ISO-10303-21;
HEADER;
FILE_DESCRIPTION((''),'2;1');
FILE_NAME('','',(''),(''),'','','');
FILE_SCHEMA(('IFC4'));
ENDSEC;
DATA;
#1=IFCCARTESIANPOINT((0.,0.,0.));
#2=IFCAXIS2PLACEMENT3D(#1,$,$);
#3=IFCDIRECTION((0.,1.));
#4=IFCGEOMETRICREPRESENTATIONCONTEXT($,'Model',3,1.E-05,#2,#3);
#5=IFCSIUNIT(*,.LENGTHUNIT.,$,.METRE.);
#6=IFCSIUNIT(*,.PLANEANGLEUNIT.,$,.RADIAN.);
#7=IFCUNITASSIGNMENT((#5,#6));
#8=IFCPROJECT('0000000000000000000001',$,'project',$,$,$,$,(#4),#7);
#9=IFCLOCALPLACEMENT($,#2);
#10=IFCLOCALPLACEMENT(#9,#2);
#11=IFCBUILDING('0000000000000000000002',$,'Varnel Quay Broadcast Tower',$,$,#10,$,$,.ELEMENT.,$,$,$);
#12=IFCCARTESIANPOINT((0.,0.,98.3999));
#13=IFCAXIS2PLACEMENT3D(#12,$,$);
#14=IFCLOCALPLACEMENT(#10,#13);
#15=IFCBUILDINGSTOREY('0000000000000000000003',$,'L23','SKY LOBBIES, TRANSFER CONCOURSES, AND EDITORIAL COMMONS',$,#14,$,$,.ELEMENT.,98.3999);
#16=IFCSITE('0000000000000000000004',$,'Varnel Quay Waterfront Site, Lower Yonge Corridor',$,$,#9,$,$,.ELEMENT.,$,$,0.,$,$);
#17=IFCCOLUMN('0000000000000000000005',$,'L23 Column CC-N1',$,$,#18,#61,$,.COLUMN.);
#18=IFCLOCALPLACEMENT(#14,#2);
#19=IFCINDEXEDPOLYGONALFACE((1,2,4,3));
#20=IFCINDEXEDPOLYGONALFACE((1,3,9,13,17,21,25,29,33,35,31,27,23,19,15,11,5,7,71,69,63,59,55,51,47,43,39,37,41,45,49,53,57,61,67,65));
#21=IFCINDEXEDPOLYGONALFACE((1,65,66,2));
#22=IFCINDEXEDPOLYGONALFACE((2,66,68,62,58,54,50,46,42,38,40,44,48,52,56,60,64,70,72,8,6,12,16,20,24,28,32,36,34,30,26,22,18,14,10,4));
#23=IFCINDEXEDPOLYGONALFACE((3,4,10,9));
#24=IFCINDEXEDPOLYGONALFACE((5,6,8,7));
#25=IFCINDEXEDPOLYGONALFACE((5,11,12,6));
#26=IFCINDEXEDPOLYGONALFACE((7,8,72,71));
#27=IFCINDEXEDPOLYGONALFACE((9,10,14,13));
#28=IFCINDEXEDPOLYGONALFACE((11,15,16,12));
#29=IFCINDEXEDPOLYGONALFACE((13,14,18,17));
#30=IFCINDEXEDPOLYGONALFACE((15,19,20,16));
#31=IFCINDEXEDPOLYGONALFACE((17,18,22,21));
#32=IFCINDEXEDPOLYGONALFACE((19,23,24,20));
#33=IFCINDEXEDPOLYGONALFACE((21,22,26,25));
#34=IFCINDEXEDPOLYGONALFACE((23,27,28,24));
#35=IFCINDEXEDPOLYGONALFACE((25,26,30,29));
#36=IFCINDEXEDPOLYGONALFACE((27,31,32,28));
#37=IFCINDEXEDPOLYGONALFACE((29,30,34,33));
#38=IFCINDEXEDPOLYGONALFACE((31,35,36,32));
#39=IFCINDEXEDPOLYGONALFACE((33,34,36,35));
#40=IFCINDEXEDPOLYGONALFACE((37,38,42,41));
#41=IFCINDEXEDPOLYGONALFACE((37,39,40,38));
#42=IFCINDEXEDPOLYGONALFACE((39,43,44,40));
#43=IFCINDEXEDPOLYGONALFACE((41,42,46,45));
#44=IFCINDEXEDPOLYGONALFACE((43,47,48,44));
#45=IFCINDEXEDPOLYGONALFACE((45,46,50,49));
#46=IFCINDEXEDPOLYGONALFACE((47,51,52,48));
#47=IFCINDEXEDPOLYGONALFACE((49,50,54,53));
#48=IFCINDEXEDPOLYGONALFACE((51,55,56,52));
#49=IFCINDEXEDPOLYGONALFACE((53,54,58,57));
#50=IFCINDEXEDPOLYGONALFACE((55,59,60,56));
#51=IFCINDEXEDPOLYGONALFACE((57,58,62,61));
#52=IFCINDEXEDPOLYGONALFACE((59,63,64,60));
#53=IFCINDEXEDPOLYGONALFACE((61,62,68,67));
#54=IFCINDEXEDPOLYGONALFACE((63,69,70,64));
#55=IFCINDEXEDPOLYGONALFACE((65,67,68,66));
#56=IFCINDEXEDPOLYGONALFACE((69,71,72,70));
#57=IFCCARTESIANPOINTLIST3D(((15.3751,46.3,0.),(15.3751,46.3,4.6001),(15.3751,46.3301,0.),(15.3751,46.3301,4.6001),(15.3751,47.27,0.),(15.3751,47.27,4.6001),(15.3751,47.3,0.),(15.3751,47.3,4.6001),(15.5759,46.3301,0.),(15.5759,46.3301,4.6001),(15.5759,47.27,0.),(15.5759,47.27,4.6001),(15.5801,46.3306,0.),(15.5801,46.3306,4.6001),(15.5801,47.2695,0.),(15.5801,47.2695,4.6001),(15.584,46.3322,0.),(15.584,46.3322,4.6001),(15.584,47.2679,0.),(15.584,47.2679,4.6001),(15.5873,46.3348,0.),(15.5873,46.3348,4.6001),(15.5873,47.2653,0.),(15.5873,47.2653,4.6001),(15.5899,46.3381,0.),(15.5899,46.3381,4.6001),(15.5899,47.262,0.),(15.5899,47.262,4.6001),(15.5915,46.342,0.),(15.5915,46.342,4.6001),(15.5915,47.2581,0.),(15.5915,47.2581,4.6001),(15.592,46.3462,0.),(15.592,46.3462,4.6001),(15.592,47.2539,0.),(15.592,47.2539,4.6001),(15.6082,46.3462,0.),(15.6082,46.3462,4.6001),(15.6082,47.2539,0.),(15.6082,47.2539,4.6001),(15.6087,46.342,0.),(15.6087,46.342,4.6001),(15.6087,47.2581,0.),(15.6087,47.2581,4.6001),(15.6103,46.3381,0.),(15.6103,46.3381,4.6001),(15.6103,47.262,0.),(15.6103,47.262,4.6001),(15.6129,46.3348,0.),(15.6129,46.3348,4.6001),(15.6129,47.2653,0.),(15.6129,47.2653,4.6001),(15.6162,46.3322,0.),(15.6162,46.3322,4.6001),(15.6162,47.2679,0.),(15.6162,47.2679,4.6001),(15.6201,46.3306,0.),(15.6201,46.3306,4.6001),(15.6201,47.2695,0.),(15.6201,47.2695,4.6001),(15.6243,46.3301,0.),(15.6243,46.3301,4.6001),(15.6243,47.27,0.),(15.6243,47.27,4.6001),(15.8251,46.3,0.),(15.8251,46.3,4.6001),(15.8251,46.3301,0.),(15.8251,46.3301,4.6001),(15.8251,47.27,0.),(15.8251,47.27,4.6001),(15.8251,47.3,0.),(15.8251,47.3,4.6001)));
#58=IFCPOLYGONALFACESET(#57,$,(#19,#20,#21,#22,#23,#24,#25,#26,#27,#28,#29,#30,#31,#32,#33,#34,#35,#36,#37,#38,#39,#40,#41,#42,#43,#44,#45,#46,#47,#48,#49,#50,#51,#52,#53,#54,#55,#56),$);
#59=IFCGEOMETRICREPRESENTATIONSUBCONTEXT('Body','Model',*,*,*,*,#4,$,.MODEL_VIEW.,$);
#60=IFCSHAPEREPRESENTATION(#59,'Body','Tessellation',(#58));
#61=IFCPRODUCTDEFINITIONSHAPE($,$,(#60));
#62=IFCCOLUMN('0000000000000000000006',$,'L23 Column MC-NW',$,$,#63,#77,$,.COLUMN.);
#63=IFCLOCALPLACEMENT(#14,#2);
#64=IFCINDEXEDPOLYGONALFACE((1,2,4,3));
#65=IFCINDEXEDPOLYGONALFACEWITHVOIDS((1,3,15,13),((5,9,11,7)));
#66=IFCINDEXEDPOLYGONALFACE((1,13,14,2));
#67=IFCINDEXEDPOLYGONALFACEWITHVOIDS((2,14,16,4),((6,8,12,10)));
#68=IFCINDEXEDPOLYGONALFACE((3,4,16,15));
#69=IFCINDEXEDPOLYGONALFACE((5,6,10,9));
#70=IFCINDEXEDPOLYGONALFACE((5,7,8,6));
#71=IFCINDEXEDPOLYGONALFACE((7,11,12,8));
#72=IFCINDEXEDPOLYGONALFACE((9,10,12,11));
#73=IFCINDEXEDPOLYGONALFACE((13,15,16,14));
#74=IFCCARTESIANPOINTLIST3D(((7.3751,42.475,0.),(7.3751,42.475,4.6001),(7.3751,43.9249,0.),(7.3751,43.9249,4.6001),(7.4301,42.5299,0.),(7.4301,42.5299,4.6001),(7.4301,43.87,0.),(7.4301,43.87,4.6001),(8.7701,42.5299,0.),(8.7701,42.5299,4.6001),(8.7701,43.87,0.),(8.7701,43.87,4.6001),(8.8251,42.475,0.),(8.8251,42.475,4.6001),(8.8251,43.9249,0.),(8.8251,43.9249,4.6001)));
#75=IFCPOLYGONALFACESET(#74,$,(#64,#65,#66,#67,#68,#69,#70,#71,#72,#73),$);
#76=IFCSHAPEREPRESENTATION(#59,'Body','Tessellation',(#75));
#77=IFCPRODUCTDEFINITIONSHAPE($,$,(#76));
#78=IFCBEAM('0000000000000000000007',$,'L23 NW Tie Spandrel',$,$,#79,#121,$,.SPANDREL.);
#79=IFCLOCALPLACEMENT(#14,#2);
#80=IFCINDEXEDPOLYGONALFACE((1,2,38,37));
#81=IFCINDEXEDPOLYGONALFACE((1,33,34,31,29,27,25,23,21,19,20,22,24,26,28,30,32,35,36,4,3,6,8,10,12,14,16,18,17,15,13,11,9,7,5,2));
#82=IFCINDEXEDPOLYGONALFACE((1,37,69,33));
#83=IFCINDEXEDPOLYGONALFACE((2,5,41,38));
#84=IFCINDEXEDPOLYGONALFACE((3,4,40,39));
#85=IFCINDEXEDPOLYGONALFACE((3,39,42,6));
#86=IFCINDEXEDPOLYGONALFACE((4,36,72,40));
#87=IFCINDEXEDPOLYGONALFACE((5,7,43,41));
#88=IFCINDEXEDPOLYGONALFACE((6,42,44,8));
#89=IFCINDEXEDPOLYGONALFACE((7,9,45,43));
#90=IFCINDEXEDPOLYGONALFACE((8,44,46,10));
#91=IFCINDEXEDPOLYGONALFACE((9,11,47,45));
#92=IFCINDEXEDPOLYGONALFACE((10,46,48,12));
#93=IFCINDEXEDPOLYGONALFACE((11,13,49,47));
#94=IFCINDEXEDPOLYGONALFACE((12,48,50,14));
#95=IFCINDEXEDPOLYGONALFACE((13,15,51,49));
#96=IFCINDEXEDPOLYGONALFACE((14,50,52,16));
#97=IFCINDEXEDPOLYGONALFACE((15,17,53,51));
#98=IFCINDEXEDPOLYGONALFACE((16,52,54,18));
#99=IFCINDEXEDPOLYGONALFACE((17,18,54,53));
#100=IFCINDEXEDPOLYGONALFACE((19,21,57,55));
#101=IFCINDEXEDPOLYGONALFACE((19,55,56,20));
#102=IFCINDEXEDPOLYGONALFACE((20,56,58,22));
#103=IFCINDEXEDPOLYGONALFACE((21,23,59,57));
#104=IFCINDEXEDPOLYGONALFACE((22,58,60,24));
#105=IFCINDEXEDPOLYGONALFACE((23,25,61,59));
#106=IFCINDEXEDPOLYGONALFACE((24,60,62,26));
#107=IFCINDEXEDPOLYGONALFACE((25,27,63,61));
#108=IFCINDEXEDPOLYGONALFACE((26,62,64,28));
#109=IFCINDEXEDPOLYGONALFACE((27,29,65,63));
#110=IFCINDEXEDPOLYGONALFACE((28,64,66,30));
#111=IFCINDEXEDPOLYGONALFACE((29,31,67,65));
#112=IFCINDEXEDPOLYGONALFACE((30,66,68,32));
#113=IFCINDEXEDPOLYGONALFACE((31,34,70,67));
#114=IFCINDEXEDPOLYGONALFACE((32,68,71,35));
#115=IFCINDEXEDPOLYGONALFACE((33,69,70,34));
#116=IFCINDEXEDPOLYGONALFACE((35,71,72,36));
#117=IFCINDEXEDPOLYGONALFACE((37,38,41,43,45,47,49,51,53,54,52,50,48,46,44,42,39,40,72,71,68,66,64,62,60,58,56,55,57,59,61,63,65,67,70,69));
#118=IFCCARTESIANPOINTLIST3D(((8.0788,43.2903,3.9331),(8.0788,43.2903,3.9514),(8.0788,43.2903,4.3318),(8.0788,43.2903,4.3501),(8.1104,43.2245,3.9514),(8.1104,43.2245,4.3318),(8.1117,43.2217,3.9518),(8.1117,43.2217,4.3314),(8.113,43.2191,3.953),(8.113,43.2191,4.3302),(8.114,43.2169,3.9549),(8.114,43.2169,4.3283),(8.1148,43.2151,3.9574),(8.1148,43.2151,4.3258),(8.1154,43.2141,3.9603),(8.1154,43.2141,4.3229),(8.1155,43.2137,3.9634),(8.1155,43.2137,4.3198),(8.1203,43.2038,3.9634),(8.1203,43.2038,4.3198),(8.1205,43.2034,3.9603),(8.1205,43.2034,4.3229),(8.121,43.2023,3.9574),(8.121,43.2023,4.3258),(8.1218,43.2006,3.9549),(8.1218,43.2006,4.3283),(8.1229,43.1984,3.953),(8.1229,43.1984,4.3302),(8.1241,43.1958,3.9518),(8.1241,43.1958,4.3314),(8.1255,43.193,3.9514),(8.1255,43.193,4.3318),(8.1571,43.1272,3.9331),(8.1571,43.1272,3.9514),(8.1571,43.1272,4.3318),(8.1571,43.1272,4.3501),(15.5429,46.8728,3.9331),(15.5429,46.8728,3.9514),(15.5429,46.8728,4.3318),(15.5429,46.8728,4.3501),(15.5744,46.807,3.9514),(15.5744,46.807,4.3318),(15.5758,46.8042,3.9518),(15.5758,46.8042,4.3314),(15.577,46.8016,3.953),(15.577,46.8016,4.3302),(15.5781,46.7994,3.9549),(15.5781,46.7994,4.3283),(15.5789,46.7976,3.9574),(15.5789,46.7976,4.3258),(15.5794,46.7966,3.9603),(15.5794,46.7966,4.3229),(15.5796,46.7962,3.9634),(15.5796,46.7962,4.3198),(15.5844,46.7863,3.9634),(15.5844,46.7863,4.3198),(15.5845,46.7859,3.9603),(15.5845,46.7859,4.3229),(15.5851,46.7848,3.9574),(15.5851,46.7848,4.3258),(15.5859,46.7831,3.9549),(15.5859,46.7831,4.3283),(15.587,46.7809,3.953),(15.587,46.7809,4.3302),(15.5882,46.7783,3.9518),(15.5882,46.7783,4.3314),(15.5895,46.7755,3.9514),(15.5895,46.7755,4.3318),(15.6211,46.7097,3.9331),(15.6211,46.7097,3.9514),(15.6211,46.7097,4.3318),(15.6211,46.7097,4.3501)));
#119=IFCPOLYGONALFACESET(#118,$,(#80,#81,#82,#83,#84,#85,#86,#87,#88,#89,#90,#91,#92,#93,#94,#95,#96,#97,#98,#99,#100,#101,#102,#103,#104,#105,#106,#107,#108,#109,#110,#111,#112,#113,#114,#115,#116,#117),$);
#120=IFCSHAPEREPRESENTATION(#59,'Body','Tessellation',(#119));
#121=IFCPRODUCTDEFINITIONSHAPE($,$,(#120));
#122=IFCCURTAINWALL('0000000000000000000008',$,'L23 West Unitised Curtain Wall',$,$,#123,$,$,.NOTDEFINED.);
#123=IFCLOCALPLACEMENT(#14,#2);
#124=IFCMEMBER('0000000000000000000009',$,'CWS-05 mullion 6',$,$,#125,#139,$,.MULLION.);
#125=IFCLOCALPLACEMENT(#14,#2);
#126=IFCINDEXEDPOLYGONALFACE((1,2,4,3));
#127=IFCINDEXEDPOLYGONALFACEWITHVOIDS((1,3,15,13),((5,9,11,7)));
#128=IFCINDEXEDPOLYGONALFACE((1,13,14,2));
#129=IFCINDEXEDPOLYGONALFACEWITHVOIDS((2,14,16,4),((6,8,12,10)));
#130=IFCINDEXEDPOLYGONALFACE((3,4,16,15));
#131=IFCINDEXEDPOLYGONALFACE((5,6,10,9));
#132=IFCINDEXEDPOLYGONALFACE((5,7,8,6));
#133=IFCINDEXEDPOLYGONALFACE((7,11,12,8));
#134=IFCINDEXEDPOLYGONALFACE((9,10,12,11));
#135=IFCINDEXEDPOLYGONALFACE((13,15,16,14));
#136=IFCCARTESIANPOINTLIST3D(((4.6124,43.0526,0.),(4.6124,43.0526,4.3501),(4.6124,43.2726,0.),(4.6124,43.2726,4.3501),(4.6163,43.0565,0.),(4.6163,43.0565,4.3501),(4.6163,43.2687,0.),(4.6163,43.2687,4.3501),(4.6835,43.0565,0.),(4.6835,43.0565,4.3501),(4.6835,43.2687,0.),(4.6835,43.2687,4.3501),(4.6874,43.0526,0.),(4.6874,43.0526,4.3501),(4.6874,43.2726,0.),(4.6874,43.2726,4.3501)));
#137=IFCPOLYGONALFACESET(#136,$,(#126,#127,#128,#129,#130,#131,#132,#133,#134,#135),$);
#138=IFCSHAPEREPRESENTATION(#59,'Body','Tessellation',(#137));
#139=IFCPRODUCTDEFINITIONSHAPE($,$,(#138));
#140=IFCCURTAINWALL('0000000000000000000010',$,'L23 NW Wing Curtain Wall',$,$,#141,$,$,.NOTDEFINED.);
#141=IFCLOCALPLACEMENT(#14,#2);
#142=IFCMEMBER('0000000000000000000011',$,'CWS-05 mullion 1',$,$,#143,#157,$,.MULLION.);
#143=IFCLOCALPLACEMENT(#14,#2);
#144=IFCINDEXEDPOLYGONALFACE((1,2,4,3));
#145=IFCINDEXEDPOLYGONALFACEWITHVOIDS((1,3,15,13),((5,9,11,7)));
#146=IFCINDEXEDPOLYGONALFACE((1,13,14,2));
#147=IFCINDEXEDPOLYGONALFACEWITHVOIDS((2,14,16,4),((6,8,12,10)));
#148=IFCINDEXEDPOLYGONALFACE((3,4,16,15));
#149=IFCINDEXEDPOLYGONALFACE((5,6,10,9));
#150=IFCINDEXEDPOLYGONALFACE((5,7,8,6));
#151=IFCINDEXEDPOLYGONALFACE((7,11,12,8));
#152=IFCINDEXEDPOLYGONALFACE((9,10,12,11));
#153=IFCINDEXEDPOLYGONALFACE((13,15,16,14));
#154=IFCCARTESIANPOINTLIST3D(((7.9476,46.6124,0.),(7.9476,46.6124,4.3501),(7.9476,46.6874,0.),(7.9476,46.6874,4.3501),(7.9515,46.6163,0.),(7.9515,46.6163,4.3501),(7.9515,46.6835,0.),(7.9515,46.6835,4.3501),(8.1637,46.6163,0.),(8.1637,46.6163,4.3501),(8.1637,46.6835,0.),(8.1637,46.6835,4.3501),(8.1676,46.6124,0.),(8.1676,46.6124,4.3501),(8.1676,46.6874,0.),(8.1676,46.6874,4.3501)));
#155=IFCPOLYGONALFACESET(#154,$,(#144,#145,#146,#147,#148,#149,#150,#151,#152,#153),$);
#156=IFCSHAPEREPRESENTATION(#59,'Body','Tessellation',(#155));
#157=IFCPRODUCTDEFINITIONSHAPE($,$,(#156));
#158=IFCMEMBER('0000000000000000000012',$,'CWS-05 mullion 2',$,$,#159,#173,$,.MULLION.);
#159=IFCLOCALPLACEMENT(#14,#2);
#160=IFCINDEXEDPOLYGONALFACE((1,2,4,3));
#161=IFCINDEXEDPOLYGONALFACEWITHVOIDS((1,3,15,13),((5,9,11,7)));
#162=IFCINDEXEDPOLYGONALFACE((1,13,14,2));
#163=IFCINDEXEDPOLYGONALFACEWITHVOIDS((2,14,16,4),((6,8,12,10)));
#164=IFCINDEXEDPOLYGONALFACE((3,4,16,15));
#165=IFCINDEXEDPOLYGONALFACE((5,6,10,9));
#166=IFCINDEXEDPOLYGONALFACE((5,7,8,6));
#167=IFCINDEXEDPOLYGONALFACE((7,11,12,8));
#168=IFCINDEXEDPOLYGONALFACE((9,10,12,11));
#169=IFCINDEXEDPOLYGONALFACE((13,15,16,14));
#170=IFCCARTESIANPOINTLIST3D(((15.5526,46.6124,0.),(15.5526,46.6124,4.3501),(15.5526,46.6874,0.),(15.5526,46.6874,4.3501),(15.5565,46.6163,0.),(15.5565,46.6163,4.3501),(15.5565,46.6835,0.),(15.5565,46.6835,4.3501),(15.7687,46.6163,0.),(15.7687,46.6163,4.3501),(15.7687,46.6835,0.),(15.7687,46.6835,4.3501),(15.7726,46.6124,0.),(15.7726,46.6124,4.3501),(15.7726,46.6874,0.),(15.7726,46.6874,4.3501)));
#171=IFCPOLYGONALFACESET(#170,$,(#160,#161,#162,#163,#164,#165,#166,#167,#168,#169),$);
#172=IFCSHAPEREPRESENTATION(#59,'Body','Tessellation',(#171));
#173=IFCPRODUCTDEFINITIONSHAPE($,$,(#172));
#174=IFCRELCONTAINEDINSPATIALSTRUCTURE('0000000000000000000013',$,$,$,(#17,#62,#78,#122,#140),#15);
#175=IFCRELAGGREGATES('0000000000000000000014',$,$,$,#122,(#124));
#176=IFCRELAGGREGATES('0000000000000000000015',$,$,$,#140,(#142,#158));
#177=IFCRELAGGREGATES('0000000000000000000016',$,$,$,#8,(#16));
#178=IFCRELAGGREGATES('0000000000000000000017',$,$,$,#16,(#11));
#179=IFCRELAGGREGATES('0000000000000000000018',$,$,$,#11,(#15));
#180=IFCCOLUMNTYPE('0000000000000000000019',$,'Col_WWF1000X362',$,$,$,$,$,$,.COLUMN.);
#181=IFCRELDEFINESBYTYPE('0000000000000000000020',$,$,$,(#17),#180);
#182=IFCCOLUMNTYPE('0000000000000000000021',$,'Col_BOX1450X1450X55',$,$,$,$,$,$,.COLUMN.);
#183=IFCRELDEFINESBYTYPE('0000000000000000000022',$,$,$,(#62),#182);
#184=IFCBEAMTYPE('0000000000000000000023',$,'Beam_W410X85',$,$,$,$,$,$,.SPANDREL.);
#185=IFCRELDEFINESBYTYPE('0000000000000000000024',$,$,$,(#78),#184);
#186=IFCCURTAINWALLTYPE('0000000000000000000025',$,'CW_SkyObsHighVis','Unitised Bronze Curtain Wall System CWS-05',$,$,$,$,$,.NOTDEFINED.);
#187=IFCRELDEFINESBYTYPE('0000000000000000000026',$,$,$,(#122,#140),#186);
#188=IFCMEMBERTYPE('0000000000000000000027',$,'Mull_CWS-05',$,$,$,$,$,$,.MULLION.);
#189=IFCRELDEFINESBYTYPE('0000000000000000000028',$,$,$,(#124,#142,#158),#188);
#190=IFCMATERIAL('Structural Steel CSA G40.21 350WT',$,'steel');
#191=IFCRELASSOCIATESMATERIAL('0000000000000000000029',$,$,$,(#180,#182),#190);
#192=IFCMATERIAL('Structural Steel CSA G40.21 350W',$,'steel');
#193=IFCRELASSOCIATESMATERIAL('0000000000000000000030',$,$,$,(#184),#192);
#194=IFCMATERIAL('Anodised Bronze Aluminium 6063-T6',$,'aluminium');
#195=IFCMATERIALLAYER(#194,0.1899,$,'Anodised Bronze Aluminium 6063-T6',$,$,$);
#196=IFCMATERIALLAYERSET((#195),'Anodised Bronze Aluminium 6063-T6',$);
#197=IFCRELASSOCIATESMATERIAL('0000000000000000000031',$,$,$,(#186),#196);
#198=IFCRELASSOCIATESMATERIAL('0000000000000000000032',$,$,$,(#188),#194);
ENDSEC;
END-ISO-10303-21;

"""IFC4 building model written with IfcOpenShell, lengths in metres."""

from ifc_helpers import new_model, si_unit, direction, frame, origin, origin_2d, place, context, subcontext, project, spatial, hollow_rectangle, i_section, extrude, source, transform, mapped, material, layer, layer_set, material_profile, profile_set, type_object, type_shapes, element, aggregate, save


model = new_model("IFC4")

# Units and contexts
model_context = context("Model", 3, precision=1e-05, world=origin(), true_north=direction((0.0, 1.0)))
body_context = subcontext(model_context, "Body", "Model", "MODEL_VIEW")
ifc_project = project(units=[si_unit("LENGTHUNIT", "METRE"), si_unit("PLANEANGLEUNIT", "RADIAN")], contexts=[model_context])

# Site, building, storey
site_placement = place(None, origin())
site = spatial("IfcSite", under=ifc_project, at=site_placement, Name="Varnel Quay Waterfront Site, Lower Yonge Corridor", CompositionType="ELEMENT", RefElevation=0.0)
building_placement = place(site_placement, origin())
building = spatial("IfcBuilding", under=site, at=building_placement, Name="Varnel Quay Broadcast Tower", CompositionType="ELEMENT")
storey_placement = place(building_placement, frame((0.0, 0.0, 98.3999)))
storey = spatial("IfcBuildingStorey", under=building, at=storey_placement, Name="L23", Description="SKY LOBBIES, TRANSFER CONCOURSES, AND EDITORIAL COMMONS", CompositionType="ELEMENT", Elevation=98.3999)

# Columns
ifc_material_1 = material(Name="Structural Steel CSA G40.21 350WT", Category="steel")
ifc_material_profile_1 = material_profile(ifc_material_1, i_section(OverallWidth=0.45, OverallDepth=1.0, WebThickness=0.0161, FlangeThickness=0.03, FilletRadius=0.0161, at=origin_2d()), Name="WWF1000X362")
ifc_profile_set_1 = profile_set([ifc_material_profile_1], Name="Structural Steel CSA G40.21 350WT")
column_type_1 = type_object("IfcColumnType", Name="Col_WWF1000X362", PredefinedType="COLUMN", material=ifc_profile_set_1)
shared_shape_1 = source(origin(), body_context, "Body", "SweptSolid", [
    extrude(i_section(OverallWidth=0.45, OverallDepth=1.0, WebThickness=0.0161, FlangeThickness=0.03, FilletRadius=0.0161, at=origin_2d()), origin(), (0.0, 0.0, 1.0), 4.6001),
])
type_shapes(column_type_1, [shared_shape_1])
column_1_placement = place(storey_placement, frame((15.6001, 46.8, 0.0), z_axis=(0.0, 0.0, 1.0), x_axis=(1.0, 0.0, 0.0)))
element("IfcColumn", 1, at=column_1_placement, inside=storey, type_object=column_type_1, Name="L23 Column CC-N1", PredefinedType="COLUMN", context=body_context, shape_type="MappedRepresentation", body=[
    mapped(shared_shape_1, transform((0.0, 0.0, 0.0), x_axis=(1.0, 0.0, 0.0), y_axis=(0.0, 1.0, 0.0), z_axis=(0.0, 0.0, 1.0), scale=1.0)),
])
ifc_material_profile_2 = material_profile(ifc_material_1, hollow_rectangle(XDim=1.45, YDim=1.45, WallThickness=0.0549, at=origin_2d()), Name="BOX1450X1450X55")
ifc_profile_set_2 = profile_set([ifc_material_profile_2], Name="Structural Steel CSA G40.21 350WT")
column_type_2 = type_object("IfcColumnType", Name="Col_BOX1450X1450X55", PredefinedType="COLUMN", material=ifc_profile_set_2)
shared_shape_2 = source(origin(), body_context, "Body", "SweptSolid", [
    extrude(hollow_rectangle(XDim=1.45, YDim=1.45, WallThickness=0.0549, at=origin_2d()), origin(), (0.0, 0.0, 1.0), 4.6001),
])
type_shapes(column_type_2, [shared_shape_2])
column_2_placement = place(storey_placement, frame((8.1001, 43.2, 0.0), z_axis=(0.0, 0.0, 1.0), x_axis=(1.0, 0.0, 0.0)))
element("IfcColumn", 2, at=column_2_placement, inside=storey, type_object=column_type_2, Name="L23 Column MC-NW", PredefinedType="COLUMN", context=body_context, shape_type="MappedRepresentation", body=[
    mapped(shared_shape_2, transform((0.0, 0.0, 0.0), x_axis=(1.0, 0.0, 0.0), y_axis=(0.0, 1.0, 0.0), z_axis=(0.0, 0.0, 1.0), scale=1.0)),
])

# Beam
ifc_material_2 = material(Name="Structural Steel CSA G40.21 350W", Category="steel")
ifc_material_profile_3 = material_profile(ifc_material_2, i_section(OverallWidth=0.1809, OverallDepth=0.417, WebThickness=0.011, FlangeThickness=0.0183, FilletRadius=0.012, at=origin_2d()), Name="W410X85")
ifc_profile_set_3 = profile_set([ifc_material_profile_3], Name="Structural Steel CSA G40.21 350W")
beam_type = type_object("IfcBeamType", Name="Beam_W410X85", PredefinedType="SPANDREL", material=ifc_profile_set_3)
shared_shape_3 = source(origin(), body_context, "Body", "SweptSolid", [
    extrude(i_section(OverallWidth=0.1809, OverallDepth=0.417, WebThickness=0.011, FlangeThickness=0.0183, FilletRadius=0.012, at=origin_2d()), origin(), (0.0, 0.0, 1.0), 8.2793),
])
type_shapes(beam_type, [shared_shape_3])
beam_placement = place(storey_placement, frame((8.1179, 43.2087, 4.1416), z_axis=(0.901535, 0.432706, 0.0), x_axis=(-0.432706, 0.901535, 0.0)))
element("IfcBeam", 3, at=beam_placement, inside=storey, type_object=beam_type, Name="L23 NW Tie Spandrel", PredefinedType="SPANDREL", context=body_context, shape_type="MappedRepresentation", body=[
    mapped(shared_shape_3, transform((0.0, 0.0, 0.0), x_axis=(1.0, 0.0, 0.0), y_axis=(0.0, 1.0, 0.0), z_axis=(0.0, 0.0, 1.0), scale=1.0)),
])

# Curtain wall, member
ifc_material_3 = material(Name="Anodised Bronze Aluminium 6063-T6", Category="aluminium")
ifc_layer_1 = layer(ifc_material_3, 0.1899, Name="Anodised Bronze Aluminium 6063-T6")
ifc_layer_set_1 = layer_set([ifc_layer_1], Name="Anodised Bronze Aluminium 6063-T6")
curtain_wall_type = type_object("IfcCurtainWallType", Name="CW_SkyObsHighVis", Description="Unitised Bronze Curtain Wall System CWS-05", PredefinedType="NOTDEFINED", material=ifc_layer_set_1)
curtain_wall_1_placement = place(storey_placement, origin())
curtain_wall_1 = element("IfcCurtainWall", 4, at=curtain_wall_1_placement, inside=storey, type_object=curtain_wall_type, Name="L23 West Unitised Curtain Wall", PredefinedType="NOTDEFINED")
ifc_material_profile_4 = material_profile(ifc_material_3, hollow_rectangle(XDim=0.075, YDim=0.22, WallThickness=0.0039, at=origin_2d()), Name="ALU75X220X4")
ifc_profile_set_4 = profile_set([ifc_material_profile_4], Name="Anodised Bronze Aluminium 6063-T6")
member_type_1 = type_object("IfcMemberType", Name="Mull_CWS-05", PredefinedType="MULLION", material=ifc_profile_set_4)
shared_shape_4 = source(origin(), body_context, "Body", "SweptSolid", [
    extrude(hollow_rectangle(XDim=0.075, YDim=0.22, WallThickness=0.0039, at=origin_2d()), origin(), (0.0, 0.0, 1.0), 4.3501),
])
type_shapes(member_type_1, [shared_shape_4])
member_1_placement = place(storey_placement, frame((4.6499, 43.1626, 0.0), z_axis=(0.0, 0.0, 1.0), x_axis=(-1.0, 0.0, 0.0)))
member_1 = element("IfcMember", 5, at=member_1_placement, type_object=member_type_1, Name="CWS-05 mullion 6", PredefinedType="MULLION", context=body_context, shape_type="MappedRepresentation", body=[
    mapped(shared_shape_4, transform((0.0, 0.0, 0.0), x_axis=(1.0, 0.0, 0.0), y_axis=(0.0, 1.0, 0.0), z_axis=(0.0, 0.0, 1.0), scale=1.0)),
])

# Curtain wall, members
curtain_wall_2_placement = place(storey_placement, origin())
curtain_wall_2 = element("IfcCurtainWall", 6, at=curtain_wall_2_placement, inside=storey, type_object=curtain_wall_type, Name="L23 NW Wing Curtain Wall", PredefinedType="NOTDEFINED")
member_2_placement = place(storey_placement, frame((8.0576, 46.6499, 0.0), z_axis=(0.0, 0.0, 1.0), x_axis=(0.0, 1.0, 0.0)))
member_2 = element("IfcMember", 7, at=member_2_placement, type_object=member_type_1, Name="CWS-05 mullion 1", PredefinedType="MULLION", context=body_context, shape_type="MappedRepresentation", body=[
    mapped(shared_shape_4, transform((0.0, 0.0, 0.0), x_axis=(1.0, 0.0, 0.0), y_axis=(0.0, 1.0, 0.0), z_axis=(0.0, 0.0, 1.0), scale=1.0)),
])
member_3_placement = place(storey_placement, frame((15.6626, 46.6499, 0.0), z_axis=(0.0, 0.0, 1.0), x_axis=(0.0, 1.0, 0.0)))
member_3 = element("IfcMember", 8, at=member_3_placement, type_object=member_type_1, Name="CWS-05 mullion 2", PredefinedType="MULLION", context=body_context, shape_type="MappedRepresentation", body=[
    mapped(shared_shape_4, transform((0.0, 0.0, 0.0), x_axis=(1.0, 0.0, 0.0), y_axis=(0.0, 1.0, 0.0), z_axis=(0.0, 0.0, 1.0), scale=1.0)),
])

aggregate(curtain_wall_1, [member_1])
aggregate(curtain_wall_2, [member_2, member_3])

save(model, "model.ifc")
